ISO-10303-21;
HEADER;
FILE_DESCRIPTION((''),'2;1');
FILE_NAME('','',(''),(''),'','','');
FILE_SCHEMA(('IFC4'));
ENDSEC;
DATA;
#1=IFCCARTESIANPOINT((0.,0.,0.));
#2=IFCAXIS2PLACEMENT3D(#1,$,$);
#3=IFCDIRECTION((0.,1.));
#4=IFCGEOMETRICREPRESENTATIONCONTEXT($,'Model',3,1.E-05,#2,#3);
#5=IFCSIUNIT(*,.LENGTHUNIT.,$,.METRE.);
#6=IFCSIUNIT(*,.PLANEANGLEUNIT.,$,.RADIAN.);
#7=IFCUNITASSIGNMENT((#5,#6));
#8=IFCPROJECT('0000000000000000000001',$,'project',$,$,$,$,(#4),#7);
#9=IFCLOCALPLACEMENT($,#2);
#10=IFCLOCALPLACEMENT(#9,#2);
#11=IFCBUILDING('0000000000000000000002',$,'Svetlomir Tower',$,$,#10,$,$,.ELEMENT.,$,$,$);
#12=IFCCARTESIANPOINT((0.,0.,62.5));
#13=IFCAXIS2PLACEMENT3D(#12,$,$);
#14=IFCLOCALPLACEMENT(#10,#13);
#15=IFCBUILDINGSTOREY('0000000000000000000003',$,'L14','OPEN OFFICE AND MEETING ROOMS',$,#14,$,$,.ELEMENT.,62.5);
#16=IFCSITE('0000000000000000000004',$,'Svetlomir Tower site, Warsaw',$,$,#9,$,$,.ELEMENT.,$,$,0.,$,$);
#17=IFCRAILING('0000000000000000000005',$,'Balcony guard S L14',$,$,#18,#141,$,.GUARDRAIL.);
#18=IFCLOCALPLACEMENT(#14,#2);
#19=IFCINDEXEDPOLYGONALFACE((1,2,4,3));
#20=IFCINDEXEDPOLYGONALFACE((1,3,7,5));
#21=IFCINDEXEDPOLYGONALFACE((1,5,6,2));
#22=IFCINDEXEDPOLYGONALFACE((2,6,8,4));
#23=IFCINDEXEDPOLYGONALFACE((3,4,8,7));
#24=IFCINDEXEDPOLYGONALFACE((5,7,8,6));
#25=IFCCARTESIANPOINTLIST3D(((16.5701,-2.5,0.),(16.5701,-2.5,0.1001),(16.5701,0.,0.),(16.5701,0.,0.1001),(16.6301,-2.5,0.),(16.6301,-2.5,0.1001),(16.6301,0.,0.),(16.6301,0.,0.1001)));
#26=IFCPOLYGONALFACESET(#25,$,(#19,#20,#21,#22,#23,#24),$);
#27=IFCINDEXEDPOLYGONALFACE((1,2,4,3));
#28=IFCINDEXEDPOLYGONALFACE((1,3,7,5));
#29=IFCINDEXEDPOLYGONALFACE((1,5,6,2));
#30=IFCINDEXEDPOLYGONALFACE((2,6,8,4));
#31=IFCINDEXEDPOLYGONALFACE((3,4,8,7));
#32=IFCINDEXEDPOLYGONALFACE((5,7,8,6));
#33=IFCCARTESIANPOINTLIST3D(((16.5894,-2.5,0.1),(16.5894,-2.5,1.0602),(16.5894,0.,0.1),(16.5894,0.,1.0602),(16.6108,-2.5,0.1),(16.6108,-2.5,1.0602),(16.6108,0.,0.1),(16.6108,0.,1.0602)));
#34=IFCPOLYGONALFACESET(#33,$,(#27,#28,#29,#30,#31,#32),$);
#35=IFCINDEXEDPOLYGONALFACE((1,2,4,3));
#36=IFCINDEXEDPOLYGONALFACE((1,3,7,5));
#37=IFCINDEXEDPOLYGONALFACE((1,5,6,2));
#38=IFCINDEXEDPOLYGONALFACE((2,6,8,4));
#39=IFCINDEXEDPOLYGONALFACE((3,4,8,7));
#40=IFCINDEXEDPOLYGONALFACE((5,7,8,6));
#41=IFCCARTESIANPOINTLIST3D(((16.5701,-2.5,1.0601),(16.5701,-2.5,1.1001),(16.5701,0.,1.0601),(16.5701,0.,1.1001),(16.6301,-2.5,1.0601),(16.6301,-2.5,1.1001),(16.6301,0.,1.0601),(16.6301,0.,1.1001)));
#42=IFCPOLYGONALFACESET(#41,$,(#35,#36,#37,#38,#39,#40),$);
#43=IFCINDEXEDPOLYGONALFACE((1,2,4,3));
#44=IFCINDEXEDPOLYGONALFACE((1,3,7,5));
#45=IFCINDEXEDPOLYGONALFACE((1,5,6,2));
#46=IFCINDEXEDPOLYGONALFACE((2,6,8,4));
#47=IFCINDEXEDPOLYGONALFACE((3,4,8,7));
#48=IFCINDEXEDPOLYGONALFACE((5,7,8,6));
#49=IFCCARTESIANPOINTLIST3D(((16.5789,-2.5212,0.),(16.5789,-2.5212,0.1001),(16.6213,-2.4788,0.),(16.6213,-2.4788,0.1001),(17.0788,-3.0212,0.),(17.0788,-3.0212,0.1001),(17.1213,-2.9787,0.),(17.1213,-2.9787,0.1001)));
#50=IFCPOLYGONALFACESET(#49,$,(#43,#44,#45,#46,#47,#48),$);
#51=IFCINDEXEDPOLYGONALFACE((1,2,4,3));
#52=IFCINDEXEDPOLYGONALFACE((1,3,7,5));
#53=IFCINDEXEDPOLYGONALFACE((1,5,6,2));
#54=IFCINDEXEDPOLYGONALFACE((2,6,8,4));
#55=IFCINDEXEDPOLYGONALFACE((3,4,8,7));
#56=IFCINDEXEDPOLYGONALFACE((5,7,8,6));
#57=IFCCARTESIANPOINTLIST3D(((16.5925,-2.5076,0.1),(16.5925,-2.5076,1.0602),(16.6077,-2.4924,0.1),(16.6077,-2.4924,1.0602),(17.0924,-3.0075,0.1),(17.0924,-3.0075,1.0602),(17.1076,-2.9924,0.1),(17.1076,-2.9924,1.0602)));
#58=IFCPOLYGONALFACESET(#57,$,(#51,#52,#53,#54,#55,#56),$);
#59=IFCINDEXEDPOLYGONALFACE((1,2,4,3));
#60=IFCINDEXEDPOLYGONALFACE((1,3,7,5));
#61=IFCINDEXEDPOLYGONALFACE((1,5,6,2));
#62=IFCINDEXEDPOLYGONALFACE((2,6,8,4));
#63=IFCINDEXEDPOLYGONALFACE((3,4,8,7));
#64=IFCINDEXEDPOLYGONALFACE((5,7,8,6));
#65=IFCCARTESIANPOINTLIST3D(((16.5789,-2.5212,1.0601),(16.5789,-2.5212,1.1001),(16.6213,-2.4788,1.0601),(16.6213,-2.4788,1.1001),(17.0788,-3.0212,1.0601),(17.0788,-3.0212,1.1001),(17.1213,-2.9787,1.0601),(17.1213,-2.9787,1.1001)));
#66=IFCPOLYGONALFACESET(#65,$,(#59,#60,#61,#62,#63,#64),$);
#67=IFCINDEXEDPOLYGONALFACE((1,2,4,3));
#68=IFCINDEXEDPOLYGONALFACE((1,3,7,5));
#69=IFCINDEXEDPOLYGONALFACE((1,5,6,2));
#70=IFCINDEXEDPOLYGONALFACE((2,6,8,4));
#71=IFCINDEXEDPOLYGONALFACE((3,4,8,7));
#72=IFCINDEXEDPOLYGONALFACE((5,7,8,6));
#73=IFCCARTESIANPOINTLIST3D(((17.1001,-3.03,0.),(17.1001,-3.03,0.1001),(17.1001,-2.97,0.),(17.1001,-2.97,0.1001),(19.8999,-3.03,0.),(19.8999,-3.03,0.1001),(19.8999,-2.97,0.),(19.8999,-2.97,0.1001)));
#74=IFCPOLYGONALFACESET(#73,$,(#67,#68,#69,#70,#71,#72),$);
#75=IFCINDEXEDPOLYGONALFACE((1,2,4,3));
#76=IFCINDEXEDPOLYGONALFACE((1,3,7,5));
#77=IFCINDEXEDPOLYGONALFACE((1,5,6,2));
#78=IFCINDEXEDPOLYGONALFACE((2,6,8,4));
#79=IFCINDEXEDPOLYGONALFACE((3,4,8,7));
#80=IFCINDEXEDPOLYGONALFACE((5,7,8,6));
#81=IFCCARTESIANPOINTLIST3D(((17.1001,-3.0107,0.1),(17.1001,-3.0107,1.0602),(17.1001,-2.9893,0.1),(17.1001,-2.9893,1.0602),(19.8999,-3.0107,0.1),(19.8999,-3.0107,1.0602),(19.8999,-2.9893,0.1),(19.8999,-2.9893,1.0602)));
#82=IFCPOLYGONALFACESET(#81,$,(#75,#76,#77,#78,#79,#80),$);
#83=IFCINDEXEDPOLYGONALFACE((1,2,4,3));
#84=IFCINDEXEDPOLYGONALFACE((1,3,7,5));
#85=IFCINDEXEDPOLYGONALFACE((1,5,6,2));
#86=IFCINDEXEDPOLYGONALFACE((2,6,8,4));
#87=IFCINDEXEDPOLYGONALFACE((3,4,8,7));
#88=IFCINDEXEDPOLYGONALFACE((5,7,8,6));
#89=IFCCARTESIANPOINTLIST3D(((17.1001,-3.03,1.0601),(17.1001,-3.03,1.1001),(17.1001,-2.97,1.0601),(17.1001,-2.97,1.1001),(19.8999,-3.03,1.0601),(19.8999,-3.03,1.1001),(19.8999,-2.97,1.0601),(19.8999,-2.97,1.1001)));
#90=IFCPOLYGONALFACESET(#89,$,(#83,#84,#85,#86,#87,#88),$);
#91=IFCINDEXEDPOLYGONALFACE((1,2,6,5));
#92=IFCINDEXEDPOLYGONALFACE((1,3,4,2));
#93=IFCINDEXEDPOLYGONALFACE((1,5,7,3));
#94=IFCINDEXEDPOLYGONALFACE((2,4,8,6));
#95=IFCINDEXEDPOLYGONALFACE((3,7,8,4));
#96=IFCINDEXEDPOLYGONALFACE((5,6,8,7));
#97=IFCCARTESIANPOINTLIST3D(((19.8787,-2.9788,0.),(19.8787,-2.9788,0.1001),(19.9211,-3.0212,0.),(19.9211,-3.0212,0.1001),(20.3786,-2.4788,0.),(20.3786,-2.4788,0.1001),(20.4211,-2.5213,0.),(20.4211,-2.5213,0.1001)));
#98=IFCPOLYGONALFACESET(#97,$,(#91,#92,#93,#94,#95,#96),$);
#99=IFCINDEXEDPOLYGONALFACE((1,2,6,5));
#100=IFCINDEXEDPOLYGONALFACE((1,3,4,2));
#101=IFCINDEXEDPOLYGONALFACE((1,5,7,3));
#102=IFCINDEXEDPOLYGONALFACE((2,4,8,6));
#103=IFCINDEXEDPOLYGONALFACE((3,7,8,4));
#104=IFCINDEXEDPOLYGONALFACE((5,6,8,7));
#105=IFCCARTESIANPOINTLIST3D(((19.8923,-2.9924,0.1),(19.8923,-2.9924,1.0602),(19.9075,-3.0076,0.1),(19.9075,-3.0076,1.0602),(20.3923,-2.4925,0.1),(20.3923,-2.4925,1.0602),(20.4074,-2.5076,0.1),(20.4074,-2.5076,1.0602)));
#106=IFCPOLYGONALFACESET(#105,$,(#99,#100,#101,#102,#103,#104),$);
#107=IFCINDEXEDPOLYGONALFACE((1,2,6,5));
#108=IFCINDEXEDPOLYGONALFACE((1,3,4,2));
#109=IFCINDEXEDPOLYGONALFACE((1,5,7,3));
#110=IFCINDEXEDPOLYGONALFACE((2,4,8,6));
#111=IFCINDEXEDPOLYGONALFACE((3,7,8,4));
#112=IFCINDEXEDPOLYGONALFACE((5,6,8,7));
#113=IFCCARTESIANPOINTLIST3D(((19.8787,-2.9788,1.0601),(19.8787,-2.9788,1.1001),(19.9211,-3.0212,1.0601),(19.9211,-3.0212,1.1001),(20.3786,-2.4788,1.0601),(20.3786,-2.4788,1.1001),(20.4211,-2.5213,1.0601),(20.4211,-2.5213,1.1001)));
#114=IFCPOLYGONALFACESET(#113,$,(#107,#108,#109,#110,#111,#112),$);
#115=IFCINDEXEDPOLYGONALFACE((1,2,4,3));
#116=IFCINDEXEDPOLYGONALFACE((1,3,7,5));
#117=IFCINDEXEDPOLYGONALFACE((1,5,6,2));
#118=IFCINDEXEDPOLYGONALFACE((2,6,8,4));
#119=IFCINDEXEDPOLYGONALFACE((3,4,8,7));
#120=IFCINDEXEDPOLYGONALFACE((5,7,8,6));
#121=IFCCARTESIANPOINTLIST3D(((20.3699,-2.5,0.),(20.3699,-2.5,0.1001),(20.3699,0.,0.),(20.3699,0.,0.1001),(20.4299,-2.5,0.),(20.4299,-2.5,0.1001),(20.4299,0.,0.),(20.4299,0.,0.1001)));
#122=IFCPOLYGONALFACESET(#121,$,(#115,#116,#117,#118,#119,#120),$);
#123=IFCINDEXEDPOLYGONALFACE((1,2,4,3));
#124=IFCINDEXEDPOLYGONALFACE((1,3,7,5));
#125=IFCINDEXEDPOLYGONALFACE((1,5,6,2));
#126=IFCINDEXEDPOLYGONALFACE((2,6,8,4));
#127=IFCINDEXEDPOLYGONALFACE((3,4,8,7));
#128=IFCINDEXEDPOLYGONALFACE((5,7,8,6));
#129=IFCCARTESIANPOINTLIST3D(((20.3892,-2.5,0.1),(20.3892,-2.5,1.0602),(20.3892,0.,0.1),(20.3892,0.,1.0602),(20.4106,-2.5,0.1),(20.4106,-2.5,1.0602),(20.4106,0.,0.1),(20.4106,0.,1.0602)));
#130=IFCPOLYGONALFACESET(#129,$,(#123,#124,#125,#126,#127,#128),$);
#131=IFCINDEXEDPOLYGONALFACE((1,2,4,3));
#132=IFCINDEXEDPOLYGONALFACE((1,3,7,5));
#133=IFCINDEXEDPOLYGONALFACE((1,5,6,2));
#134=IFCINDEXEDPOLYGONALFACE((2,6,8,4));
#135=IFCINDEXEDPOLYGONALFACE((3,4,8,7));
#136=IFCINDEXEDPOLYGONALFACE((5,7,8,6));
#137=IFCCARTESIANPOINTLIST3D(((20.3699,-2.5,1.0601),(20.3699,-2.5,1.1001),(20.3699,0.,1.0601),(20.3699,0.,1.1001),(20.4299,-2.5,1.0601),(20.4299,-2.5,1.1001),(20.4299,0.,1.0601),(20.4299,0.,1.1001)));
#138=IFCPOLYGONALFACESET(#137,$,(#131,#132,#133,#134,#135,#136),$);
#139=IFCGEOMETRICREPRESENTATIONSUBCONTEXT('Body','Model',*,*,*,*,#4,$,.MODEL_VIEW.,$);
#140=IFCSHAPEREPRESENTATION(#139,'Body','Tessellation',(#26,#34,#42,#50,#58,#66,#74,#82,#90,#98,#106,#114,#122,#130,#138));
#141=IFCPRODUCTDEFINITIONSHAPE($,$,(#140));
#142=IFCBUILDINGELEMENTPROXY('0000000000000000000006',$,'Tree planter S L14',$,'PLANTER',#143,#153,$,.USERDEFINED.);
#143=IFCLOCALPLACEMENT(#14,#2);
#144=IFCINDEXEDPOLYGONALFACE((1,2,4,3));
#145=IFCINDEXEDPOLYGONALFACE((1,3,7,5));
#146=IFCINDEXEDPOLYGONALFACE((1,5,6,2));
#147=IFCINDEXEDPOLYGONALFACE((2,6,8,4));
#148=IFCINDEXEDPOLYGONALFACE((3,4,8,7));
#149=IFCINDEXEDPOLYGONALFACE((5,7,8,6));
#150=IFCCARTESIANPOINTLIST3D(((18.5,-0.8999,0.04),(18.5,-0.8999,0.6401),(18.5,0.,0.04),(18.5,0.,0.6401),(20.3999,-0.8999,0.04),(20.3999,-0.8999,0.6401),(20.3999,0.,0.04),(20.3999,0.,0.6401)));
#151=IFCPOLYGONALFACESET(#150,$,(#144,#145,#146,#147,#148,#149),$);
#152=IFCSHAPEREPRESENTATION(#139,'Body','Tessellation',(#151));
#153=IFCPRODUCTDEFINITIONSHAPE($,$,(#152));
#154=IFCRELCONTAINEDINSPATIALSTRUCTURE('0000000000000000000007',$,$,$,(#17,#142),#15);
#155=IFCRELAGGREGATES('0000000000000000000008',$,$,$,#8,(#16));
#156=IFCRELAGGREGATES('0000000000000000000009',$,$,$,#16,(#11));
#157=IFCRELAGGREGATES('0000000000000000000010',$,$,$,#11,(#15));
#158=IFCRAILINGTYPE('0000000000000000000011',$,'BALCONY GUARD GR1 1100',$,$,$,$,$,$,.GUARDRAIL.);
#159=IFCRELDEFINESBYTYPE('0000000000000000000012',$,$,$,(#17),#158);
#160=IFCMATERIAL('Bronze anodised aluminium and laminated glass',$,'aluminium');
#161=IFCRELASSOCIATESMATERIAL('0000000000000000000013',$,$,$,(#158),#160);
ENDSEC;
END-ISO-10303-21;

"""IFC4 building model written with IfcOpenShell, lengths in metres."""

from ifc_helpers import new_model, si_unit, direction, frame, origin, origin_2d, place, context, subcontext, project, spatial, rectangle, extrude, material, type_object, element, save


model = new_model("IFC4")

# Units and contexts
model_context = context("Model", 3, precision=1e-05, world=origin(), true_north=direction((0.0, 1.0)))
body_context = subcontext(model_context, "Body", "Model", "MODEL_VIEW")
ifc_project = project(units=[si_unit("LENGTHUNIT", "METRE"), si_unit("PLANEANGLEUNIT", "RADIAN")], contexts=[model_context])

# Site, building, storey
site_placement = place(None, origin())
site = spatial("IfcSite", under=ifc_project, at=site_placement, Name="Svetlomir Tower site, Warsaw", CompositionType="ELEMENT", RefElevation=0.0)
building_placement = place(site_placement, origin())
building = spatial("IfcBuilding", under=site, at=building_placement, Name="Svetlomir Tower", CompositionType="ELEMENT")
storey_placement = place(building_placement, frame((0.0, 0.0, 62.5)))
storey = spatial("IfcBuildingStorey", under=building, at=storey_placement, Name="L14", Description="OPEN OFFICE AND MEETING ROOMS", CompositionType="ELEMENT", Elevation=62.5)

# Railing
ifc_material_1 = material(Name="Bronze anodised aluminium and laminated glass", Category="aluminium")
railing_type = type_object("IfcRailingType", Name="BALCONY GUARD GR1 1100", PredefinedType="GUARDRAIL", material=ifc_material_1)
railing_placement = place(storey_placement, frame((16.6001, 0.0, 0.0)))
element("IfcRailing", 1, at=railing_placement, inside=storey, type_object=railing_type, Name="Balcony guard S L14", PredefinedType="GUARDRAIL", context=body_context, shape_type="SweptSolid", body=[
    extrude(rectangle(XDim=0.0601, YDim=0.1001, at=origin_2d()), frame((0.0, 0.0, 0.05), z_axis=(0.0, -1.0, 0.0), x_axis=(1.0, 0.0, 0.0)), (0.0, 0.0, 1.0), 2.5),
    extrude(rectangle(XDim=0.0215, YDim=0.9602, at=origin_2d()), frame((0.0, 0.0, 0.5801), z_axis=(0.0, -1.0, 0.0), x_axis=(1.0, 0.0, 0.0)), (0.0, 0.0, 1.0), 2.5),
    extrude(rectangle(XDim=0.0601, YDim=0.04, at=origin_2d()), frame((0.0, 0.0, 1.0801), z_axis=(0.0, -1.0, 0.0), x_axis=(1.0, 0.0, 0.0)), (0.0, 0.0, 1.0), 2.5),
    extrude(rectangle(XDim=0.0601, YDim=0.1001, at=origin_2d()), frame((0.0, -2.5, 0.05), z_axis=(0.707107, -0.707107, 0.0), x_axis=(0.707107, 0.707107, 0.0)), (0.0, 0.0, 1.0), 0.707),
    extrude(rectangle(XDim=0.0215, YDim=0.9602, at=origin_2d()), frame((0.0, -2.5, 0.5801), z_axis=(0.707107, -0.707107, 0.0), x_axis=(0.707107, 0.707107, 0.0)), (0.0, 0.0, 1.0), 0.707),
    extrude(rectangle(XDim=0.0601, YDim=0.04, at=origin_2d()), frame((0.0, -2.5, 1.0801), z_axis=(0.707107, -0.707107, 0.0), x_axis=(0.707107, 0.707107, 0.0)), (0.0, 0.0, 1.0), 0.707),
    extrude(rectangle(XDim=0.0601, YDim=0.1001, at=origin_2d()), frame((0.5, -3.0, 0.05), z_axis=(1.0, 0.0, 0.0), x_axis=(0.0, 1.0, 0.0)), (0.0, 0.0, 1.0), 2.7998),
    extrude(rectangle(XDim=0.0215, YDim=0.9602, at=origin_2d()), frame((0.5, -3.0, 0.5801), z_axis=(1.0, 0.0, 0.0), x_axis=(0.0, 1.0, 0.0)), (0.0, 0.0, 1.0), 2.7998),
    extrude(rectangle(XDim=0.0601, YDim=0.04, at=origin_2d()), frame((0.5, -3.0, 1.0801), z_axis=(1.0, 0.0, 0.0), x_axis=(0.0, 1.0, 0.0)), (0.0, 0.0, 1.0), 2.7998),
    extrude(rectangle(XDim=0.0601, YDim=0.1001, at=origin_2d()), frame((3.2998, -3.0, 0.05), z_axis=(0.707107, 0.707107, 0.0), x_axis=(-0.707107, 0.707107, 0.0)), (0.0, 0.0, 1.0), 0.707),
    extrude(rectangle(XDim=0.0215, YDim=0.9602, at=origin_2d()), frame((3.2998, -3.0, 0.5801), z_axis=(0.707107, 0.707107, 0.0), x_axis=(-0.707107, 0.707107, 0.0)), (0.0, 0.0, 1.0), 0.707),
    extrude(rectangle(XDim=0.0601, YDim=0.04, at=origin_2d()), frame((3.2998, -3.0, 1.0801), z_axis=(0.707107, 0.707107, 0.0), x_axis=(-0.707107, 0.707107, 0.0)), (0.0, 0.0, 1.0), 0.707),
    extrude(rectangle(XDim=0.0601, YDim=0.1001, at=origin_2d()), frame((3.7998, -2.5, 0.05), z_axis=(0.0, 1.0, 0.0), x_axis=(-1.0, 0.0, 0.0)), (0.0, 0.0, 1.0), 2.5),
    extrude(rectangle(XDim=0.0215, YDim=0.9602, at=origin_2d()), frame((3.7998, -2.5, 0.5801), z_axis=(0.0, 1.0, 0.0), x_axis=(-1.0, 0.0, 0.0)), (0.0, 0.0, 1.0), 2.5),
    extrude(rectangle(XDim=0.0601, YDim=0.04, at=origin_2d()), frame((3.7998, -2.5, 1.0801), z_axis=(0.0, 1.0, 0.0), x_axis=(-1.0, 0.0, 0.0)), (0.0, 0.0, 1.0), 2.5),
])

# Building element proxy
proxy_placement = place(storey_placement, frame((19.45, -0.45, 0.04), z_axis=(0.0, 0.0, 1.0), x_axis=(1.0, 0.0, 0.0)))
element("IfcBuildingElementProxy", 2, at=proxy_placement, inside=storey, Name="Tree planter S L14", ObjectType="PLANTER", PredefinedType="USERDEFINED", context=body_context, shape_type="SweptSolid", body=[
    extrude(rectangle(XDim=1.8999, YDim=0.8999, at=origin_2d()), origin(), (0.0, 0.0, 1.0), 0.6001),
])

save(model, "model.ifc")
